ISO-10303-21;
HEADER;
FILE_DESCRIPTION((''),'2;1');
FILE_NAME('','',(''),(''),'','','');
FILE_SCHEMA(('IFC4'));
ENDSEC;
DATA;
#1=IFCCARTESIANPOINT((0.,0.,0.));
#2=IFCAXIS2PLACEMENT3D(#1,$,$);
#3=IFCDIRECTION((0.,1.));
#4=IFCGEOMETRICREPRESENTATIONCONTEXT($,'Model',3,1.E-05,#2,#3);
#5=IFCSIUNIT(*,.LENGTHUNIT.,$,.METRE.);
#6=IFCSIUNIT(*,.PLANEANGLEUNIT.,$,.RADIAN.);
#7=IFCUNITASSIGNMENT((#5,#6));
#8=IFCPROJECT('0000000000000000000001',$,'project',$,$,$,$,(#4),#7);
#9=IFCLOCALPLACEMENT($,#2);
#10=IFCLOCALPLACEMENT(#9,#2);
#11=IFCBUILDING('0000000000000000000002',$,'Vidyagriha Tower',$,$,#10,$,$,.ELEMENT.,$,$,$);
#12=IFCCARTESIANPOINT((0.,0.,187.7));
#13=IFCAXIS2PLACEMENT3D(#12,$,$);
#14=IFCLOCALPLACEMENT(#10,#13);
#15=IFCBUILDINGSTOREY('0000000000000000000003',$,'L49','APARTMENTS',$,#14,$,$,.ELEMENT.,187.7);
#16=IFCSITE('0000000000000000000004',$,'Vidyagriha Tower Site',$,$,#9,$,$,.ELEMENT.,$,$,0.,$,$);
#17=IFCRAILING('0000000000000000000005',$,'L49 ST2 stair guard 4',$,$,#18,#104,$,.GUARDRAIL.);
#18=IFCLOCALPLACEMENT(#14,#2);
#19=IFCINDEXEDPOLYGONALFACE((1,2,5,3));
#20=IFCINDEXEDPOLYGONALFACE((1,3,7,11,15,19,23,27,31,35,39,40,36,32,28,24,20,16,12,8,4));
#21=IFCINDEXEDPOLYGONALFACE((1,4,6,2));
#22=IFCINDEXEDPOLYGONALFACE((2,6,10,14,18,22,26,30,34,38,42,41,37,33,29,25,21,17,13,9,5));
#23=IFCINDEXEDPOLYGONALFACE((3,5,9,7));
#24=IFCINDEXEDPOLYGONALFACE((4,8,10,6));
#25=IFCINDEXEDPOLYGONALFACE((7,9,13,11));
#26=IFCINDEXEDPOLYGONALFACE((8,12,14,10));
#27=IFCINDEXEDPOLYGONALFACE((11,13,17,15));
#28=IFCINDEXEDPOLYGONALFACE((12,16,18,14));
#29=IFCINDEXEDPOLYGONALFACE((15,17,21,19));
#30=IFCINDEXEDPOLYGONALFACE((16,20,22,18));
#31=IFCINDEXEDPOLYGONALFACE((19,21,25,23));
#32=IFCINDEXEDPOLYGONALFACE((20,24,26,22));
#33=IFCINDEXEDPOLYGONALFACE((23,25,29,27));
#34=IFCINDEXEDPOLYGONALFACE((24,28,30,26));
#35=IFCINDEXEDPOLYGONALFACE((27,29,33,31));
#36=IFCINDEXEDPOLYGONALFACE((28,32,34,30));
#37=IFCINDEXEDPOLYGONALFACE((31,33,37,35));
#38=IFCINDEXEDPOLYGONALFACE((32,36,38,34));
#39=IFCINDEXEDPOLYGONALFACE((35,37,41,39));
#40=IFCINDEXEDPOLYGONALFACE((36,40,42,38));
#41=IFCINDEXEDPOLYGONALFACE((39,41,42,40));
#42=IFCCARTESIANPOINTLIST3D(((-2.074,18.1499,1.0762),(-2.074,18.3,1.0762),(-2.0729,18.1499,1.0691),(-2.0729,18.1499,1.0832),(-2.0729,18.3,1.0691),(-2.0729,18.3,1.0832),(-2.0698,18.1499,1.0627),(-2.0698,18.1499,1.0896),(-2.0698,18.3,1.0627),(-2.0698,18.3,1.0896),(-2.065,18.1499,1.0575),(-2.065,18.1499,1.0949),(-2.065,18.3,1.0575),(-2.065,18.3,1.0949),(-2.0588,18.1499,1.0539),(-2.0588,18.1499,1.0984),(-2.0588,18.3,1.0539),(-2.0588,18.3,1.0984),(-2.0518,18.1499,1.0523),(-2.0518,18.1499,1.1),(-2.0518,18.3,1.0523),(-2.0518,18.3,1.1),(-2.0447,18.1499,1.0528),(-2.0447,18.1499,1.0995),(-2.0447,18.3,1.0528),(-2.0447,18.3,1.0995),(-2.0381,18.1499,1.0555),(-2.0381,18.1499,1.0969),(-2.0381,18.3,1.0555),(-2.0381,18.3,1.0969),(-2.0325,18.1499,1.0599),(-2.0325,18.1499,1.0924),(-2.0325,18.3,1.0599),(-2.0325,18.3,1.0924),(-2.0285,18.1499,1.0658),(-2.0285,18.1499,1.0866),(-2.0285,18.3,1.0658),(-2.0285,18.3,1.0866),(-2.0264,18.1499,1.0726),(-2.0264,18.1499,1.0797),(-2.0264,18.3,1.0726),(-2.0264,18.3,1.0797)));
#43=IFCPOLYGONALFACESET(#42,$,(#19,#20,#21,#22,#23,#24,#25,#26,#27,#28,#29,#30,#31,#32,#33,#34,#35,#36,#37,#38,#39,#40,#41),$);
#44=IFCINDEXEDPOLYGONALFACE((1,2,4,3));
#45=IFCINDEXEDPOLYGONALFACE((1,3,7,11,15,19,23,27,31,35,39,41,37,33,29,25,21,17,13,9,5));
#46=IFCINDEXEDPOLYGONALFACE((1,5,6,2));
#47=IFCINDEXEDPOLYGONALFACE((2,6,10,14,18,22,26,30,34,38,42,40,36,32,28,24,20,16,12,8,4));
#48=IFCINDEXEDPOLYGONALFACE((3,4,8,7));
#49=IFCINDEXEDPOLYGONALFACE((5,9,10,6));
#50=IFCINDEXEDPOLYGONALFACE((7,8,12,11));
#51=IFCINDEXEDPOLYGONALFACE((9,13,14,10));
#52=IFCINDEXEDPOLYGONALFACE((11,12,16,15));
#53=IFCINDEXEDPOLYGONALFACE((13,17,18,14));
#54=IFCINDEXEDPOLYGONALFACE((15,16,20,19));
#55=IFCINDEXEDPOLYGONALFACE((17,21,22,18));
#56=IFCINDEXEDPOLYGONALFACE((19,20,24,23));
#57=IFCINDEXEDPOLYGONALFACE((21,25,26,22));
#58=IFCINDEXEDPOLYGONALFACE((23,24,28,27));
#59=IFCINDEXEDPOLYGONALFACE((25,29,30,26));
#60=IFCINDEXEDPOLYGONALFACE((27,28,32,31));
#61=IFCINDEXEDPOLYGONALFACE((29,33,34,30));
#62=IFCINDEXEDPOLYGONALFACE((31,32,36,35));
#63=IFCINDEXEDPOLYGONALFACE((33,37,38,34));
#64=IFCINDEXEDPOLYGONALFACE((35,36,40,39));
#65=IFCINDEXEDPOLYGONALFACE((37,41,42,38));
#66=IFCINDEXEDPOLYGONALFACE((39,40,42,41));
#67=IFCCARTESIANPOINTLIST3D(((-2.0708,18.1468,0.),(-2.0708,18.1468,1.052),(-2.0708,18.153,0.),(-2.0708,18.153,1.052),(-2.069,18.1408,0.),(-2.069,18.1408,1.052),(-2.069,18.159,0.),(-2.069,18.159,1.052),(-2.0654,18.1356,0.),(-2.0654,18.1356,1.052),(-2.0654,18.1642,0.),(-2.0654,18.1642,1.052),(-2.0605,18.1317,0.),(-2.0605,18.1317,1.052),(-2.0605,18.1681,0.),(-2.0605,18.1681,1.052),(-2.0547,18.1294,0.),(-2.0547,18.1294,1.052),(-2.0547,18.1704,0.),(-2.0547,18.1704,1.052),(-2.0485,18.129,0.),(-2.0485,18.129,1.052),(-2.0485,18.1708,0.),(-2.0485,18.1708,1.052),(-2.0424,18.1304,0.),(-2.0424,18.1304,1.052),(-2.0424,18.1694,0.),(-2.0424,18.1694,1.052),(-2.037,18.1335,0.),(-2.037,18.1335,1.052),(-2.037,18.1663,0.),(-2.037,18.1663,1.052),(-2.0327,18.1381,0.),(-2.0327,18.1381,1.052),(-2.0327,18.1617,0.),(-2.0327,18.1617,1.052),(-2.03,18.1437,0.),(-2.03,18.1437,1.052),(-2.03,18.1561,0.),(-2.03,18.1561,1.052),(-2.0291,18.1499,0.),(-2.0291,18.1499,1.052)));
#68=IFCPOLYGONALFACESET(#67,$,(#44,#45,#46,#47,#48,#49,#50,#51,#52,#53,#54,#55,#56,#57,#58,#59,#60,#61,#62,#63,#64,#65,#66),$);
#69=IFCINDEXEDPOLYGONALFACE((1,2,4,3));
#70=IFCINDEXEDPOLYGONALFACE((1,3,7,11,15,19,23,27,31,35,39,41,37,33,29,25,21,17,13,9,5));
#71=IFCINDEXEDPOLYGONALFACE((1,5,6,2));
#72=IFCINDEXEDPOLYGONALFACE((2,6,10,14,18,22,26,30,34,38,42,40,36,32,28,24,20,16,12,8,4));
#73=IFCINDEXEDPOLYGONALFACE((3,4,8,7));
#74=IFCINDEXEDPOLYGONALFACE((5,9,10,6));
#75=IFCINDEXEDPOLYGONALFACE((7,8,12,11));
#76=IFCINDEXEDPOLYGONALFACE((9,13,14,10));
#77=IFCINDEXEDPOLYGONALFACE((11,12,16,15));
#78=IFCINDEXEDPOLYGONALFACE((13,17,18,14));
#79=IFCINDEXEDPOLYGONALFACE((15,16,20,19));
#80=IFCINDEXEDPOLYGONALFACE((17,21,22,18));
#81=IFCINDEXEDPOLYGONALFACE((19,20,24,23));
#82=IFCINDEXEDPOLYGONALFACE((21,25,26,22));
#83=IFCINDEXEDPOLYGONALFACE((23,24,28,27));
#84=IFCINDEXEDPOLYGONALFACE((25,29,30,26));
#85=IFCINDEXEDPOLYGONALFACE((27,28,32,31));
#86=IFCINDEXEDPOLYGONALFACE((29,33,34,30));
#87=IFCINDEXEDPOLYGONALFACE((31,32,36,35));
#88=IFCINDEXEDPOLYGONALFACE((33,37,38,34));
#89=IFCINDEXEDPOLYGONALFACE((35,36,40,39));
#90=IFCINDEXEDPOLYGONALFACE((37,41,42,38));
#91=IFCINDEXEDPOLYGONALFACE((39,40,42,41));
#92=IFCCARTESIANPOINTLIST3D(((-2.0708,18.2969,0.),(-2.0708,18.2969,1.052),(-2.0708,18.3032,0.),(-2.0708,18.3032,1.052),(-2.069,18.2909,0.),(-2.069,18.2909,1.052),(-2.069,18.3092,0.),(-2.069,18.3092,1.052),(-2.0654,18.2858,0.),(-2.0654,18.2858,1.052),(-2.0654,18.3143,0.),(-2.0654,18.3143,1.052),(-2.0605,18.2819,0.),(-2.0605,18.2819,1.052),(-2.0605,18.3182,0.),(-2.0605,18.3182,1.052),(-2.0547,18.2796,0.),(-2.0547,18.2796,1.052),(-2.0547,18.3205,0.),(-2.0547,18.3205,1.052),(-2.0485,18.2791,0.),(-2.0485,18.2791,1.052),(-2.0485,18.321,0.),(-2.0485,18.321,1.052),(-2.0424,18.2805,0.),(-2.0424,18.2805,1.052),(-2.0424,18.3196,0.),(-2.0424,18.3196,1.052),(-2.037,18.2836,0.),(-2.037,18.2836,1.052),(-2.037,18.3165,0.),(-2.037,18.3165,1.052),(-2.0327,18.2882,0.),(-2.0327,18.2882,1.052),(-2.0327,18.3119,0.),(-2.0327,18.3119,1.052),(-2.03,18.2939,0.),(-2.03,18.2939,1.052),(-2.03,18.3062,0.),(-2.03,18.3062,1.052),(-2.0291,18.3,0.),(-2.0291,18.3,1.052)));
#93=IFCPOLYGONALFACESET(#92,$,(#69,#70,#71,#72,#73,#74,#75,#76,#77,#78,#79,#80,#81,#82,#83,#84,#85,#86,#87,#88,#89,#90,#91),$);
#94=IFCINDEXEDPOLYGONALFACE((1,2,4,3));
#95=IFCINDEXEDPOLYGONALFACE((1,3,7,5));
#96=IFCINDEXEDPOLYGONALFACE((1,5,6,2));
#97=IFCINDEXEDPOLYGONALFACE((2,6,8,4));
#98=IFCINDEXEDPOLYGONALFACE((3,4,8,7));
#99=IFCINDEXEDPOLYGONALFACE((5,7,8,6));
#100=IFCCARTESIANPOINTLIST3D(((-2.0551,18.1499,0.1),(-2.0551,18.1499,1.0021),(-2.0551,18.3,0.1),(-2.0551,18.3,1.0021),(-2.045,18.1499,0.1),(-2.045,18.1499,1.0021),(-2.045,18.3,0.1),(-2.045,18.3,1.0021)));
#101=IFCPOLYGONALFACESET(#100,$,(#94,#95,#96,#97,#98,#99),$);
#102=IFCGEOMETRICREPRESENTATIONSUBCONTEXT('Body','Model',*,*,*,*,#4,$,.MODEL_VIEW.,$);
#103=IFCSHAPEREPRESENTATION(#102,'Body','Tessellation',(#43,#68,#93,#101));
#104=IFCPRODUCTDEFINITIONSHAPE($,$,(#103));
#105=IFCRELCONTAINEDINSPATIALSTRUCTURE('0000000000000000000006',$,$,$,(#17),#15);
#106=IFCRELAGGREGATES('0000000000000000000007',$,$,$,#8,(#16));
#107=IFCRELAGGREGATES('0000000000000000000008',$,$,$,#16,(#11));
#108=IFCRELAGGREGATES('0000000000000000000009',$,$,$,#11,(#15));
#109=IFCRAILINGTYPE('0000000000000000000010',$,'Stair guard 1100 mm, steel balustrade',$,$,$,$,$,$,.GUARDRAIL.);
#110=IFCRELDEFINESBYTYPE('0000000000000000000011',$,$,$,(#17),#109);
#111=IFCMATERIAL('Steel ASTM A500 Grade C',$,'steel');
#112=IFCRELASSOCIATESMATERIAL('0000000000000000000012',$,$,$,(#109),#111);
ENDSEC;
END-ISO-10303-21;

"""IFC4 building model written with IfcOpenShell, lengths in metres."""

from ifc_helpers import new_model, si_unit, direction, frame, origin, origin_2d, place, context, subcontext, project, spatial, rectangle, circle, extrude, material, type_object, element, save


model = new_model("IFC4")

# Units and contexts
model_context = context("Model", 3, precision=1e-05, world=origin(), true_north=direction((0.0, 1.0)))
body_context = subcontext(model_context, "Body", "Model", "MODEL_VIEW")
ifc_project = project(units=[si_unit("LENGTHUNIT", "METRE"), si_unit("PLANEANGLEUNIT", "RADIAN")], contexts=[model_context])

# Site, building, storey
site_placement = place(None, origin())
site = spatial("IfcSite", under=ifc_project, at=site_placement, Name="Vidyagriha Tower Site", CompositionType="ELEMENT", RefElevation=0.0)
building_placement = place(site_placement, origin())
building = spatial("IfcBuilding", under=site, at=building_placement, Name="Vidyagriha Tower", CompositionType="ELEMENT")
storey_placement = place(building_placement, frame((0.0, 0.0, 187.7)))
storey = spatial("IfcBuildingStorey", under=building, at=storey_placement, Name="L49", Description="APARTMENTS", CompositionType="ELEMENT", Elevation=187.7)

# Railing
ifc_material_1 = material(Name="Steel ASTM A500 Grade C", Category="steel")
railing_type_1 = type_object("IfcRailingType", Name="Stair guard 1100 mm, steel balustrade", PredefinedType="GUARDRAIL", material=ifc_material_1)
railing_1_placement = place(storey_placement, frame((-2.05, 18.1499, 0.0)))
element("IfcRailing", 1, at=railing_1_placement, inside=storey, type_object=railing_type_1, Name="L49 ST2 stair guard 4", PredefinedType="GUARDRAIL", context=body_context, shape_type="SweptSolid", body=[
    extrude(circle(Radius=0.0239, at=origin_2d()), frame((0.0, 0.0, 1.0762), z_axis=(0.0, 1.0, 0.0), x_axis=(-1.0, 0.0, 0.0)), (0.0, 0.0, 1.0), 0.1501),
    extrude(circle(Radius=0.021, at=origin_2d()), origin(), (0.0, 0.0, 1.0), 1.052),
    extrude(circle(Radius=0.021, at=origin_2d()), frame((0.0, 0.1501, 0.0)), (0.0, 0.0, 1.0), 1.052),
    extrude(rectangle(XDim=0.01, YDim=0.9021, at=origin_2d()), frame((0.0, 0.0, 0.551), z_axis=(0.0, 1.0, 0.0), x_axis=(-1.0, 0.0, 0.0)), (0.0, 0.0, 1.0), 0.1501),
])

save(model, "model.ifc")
